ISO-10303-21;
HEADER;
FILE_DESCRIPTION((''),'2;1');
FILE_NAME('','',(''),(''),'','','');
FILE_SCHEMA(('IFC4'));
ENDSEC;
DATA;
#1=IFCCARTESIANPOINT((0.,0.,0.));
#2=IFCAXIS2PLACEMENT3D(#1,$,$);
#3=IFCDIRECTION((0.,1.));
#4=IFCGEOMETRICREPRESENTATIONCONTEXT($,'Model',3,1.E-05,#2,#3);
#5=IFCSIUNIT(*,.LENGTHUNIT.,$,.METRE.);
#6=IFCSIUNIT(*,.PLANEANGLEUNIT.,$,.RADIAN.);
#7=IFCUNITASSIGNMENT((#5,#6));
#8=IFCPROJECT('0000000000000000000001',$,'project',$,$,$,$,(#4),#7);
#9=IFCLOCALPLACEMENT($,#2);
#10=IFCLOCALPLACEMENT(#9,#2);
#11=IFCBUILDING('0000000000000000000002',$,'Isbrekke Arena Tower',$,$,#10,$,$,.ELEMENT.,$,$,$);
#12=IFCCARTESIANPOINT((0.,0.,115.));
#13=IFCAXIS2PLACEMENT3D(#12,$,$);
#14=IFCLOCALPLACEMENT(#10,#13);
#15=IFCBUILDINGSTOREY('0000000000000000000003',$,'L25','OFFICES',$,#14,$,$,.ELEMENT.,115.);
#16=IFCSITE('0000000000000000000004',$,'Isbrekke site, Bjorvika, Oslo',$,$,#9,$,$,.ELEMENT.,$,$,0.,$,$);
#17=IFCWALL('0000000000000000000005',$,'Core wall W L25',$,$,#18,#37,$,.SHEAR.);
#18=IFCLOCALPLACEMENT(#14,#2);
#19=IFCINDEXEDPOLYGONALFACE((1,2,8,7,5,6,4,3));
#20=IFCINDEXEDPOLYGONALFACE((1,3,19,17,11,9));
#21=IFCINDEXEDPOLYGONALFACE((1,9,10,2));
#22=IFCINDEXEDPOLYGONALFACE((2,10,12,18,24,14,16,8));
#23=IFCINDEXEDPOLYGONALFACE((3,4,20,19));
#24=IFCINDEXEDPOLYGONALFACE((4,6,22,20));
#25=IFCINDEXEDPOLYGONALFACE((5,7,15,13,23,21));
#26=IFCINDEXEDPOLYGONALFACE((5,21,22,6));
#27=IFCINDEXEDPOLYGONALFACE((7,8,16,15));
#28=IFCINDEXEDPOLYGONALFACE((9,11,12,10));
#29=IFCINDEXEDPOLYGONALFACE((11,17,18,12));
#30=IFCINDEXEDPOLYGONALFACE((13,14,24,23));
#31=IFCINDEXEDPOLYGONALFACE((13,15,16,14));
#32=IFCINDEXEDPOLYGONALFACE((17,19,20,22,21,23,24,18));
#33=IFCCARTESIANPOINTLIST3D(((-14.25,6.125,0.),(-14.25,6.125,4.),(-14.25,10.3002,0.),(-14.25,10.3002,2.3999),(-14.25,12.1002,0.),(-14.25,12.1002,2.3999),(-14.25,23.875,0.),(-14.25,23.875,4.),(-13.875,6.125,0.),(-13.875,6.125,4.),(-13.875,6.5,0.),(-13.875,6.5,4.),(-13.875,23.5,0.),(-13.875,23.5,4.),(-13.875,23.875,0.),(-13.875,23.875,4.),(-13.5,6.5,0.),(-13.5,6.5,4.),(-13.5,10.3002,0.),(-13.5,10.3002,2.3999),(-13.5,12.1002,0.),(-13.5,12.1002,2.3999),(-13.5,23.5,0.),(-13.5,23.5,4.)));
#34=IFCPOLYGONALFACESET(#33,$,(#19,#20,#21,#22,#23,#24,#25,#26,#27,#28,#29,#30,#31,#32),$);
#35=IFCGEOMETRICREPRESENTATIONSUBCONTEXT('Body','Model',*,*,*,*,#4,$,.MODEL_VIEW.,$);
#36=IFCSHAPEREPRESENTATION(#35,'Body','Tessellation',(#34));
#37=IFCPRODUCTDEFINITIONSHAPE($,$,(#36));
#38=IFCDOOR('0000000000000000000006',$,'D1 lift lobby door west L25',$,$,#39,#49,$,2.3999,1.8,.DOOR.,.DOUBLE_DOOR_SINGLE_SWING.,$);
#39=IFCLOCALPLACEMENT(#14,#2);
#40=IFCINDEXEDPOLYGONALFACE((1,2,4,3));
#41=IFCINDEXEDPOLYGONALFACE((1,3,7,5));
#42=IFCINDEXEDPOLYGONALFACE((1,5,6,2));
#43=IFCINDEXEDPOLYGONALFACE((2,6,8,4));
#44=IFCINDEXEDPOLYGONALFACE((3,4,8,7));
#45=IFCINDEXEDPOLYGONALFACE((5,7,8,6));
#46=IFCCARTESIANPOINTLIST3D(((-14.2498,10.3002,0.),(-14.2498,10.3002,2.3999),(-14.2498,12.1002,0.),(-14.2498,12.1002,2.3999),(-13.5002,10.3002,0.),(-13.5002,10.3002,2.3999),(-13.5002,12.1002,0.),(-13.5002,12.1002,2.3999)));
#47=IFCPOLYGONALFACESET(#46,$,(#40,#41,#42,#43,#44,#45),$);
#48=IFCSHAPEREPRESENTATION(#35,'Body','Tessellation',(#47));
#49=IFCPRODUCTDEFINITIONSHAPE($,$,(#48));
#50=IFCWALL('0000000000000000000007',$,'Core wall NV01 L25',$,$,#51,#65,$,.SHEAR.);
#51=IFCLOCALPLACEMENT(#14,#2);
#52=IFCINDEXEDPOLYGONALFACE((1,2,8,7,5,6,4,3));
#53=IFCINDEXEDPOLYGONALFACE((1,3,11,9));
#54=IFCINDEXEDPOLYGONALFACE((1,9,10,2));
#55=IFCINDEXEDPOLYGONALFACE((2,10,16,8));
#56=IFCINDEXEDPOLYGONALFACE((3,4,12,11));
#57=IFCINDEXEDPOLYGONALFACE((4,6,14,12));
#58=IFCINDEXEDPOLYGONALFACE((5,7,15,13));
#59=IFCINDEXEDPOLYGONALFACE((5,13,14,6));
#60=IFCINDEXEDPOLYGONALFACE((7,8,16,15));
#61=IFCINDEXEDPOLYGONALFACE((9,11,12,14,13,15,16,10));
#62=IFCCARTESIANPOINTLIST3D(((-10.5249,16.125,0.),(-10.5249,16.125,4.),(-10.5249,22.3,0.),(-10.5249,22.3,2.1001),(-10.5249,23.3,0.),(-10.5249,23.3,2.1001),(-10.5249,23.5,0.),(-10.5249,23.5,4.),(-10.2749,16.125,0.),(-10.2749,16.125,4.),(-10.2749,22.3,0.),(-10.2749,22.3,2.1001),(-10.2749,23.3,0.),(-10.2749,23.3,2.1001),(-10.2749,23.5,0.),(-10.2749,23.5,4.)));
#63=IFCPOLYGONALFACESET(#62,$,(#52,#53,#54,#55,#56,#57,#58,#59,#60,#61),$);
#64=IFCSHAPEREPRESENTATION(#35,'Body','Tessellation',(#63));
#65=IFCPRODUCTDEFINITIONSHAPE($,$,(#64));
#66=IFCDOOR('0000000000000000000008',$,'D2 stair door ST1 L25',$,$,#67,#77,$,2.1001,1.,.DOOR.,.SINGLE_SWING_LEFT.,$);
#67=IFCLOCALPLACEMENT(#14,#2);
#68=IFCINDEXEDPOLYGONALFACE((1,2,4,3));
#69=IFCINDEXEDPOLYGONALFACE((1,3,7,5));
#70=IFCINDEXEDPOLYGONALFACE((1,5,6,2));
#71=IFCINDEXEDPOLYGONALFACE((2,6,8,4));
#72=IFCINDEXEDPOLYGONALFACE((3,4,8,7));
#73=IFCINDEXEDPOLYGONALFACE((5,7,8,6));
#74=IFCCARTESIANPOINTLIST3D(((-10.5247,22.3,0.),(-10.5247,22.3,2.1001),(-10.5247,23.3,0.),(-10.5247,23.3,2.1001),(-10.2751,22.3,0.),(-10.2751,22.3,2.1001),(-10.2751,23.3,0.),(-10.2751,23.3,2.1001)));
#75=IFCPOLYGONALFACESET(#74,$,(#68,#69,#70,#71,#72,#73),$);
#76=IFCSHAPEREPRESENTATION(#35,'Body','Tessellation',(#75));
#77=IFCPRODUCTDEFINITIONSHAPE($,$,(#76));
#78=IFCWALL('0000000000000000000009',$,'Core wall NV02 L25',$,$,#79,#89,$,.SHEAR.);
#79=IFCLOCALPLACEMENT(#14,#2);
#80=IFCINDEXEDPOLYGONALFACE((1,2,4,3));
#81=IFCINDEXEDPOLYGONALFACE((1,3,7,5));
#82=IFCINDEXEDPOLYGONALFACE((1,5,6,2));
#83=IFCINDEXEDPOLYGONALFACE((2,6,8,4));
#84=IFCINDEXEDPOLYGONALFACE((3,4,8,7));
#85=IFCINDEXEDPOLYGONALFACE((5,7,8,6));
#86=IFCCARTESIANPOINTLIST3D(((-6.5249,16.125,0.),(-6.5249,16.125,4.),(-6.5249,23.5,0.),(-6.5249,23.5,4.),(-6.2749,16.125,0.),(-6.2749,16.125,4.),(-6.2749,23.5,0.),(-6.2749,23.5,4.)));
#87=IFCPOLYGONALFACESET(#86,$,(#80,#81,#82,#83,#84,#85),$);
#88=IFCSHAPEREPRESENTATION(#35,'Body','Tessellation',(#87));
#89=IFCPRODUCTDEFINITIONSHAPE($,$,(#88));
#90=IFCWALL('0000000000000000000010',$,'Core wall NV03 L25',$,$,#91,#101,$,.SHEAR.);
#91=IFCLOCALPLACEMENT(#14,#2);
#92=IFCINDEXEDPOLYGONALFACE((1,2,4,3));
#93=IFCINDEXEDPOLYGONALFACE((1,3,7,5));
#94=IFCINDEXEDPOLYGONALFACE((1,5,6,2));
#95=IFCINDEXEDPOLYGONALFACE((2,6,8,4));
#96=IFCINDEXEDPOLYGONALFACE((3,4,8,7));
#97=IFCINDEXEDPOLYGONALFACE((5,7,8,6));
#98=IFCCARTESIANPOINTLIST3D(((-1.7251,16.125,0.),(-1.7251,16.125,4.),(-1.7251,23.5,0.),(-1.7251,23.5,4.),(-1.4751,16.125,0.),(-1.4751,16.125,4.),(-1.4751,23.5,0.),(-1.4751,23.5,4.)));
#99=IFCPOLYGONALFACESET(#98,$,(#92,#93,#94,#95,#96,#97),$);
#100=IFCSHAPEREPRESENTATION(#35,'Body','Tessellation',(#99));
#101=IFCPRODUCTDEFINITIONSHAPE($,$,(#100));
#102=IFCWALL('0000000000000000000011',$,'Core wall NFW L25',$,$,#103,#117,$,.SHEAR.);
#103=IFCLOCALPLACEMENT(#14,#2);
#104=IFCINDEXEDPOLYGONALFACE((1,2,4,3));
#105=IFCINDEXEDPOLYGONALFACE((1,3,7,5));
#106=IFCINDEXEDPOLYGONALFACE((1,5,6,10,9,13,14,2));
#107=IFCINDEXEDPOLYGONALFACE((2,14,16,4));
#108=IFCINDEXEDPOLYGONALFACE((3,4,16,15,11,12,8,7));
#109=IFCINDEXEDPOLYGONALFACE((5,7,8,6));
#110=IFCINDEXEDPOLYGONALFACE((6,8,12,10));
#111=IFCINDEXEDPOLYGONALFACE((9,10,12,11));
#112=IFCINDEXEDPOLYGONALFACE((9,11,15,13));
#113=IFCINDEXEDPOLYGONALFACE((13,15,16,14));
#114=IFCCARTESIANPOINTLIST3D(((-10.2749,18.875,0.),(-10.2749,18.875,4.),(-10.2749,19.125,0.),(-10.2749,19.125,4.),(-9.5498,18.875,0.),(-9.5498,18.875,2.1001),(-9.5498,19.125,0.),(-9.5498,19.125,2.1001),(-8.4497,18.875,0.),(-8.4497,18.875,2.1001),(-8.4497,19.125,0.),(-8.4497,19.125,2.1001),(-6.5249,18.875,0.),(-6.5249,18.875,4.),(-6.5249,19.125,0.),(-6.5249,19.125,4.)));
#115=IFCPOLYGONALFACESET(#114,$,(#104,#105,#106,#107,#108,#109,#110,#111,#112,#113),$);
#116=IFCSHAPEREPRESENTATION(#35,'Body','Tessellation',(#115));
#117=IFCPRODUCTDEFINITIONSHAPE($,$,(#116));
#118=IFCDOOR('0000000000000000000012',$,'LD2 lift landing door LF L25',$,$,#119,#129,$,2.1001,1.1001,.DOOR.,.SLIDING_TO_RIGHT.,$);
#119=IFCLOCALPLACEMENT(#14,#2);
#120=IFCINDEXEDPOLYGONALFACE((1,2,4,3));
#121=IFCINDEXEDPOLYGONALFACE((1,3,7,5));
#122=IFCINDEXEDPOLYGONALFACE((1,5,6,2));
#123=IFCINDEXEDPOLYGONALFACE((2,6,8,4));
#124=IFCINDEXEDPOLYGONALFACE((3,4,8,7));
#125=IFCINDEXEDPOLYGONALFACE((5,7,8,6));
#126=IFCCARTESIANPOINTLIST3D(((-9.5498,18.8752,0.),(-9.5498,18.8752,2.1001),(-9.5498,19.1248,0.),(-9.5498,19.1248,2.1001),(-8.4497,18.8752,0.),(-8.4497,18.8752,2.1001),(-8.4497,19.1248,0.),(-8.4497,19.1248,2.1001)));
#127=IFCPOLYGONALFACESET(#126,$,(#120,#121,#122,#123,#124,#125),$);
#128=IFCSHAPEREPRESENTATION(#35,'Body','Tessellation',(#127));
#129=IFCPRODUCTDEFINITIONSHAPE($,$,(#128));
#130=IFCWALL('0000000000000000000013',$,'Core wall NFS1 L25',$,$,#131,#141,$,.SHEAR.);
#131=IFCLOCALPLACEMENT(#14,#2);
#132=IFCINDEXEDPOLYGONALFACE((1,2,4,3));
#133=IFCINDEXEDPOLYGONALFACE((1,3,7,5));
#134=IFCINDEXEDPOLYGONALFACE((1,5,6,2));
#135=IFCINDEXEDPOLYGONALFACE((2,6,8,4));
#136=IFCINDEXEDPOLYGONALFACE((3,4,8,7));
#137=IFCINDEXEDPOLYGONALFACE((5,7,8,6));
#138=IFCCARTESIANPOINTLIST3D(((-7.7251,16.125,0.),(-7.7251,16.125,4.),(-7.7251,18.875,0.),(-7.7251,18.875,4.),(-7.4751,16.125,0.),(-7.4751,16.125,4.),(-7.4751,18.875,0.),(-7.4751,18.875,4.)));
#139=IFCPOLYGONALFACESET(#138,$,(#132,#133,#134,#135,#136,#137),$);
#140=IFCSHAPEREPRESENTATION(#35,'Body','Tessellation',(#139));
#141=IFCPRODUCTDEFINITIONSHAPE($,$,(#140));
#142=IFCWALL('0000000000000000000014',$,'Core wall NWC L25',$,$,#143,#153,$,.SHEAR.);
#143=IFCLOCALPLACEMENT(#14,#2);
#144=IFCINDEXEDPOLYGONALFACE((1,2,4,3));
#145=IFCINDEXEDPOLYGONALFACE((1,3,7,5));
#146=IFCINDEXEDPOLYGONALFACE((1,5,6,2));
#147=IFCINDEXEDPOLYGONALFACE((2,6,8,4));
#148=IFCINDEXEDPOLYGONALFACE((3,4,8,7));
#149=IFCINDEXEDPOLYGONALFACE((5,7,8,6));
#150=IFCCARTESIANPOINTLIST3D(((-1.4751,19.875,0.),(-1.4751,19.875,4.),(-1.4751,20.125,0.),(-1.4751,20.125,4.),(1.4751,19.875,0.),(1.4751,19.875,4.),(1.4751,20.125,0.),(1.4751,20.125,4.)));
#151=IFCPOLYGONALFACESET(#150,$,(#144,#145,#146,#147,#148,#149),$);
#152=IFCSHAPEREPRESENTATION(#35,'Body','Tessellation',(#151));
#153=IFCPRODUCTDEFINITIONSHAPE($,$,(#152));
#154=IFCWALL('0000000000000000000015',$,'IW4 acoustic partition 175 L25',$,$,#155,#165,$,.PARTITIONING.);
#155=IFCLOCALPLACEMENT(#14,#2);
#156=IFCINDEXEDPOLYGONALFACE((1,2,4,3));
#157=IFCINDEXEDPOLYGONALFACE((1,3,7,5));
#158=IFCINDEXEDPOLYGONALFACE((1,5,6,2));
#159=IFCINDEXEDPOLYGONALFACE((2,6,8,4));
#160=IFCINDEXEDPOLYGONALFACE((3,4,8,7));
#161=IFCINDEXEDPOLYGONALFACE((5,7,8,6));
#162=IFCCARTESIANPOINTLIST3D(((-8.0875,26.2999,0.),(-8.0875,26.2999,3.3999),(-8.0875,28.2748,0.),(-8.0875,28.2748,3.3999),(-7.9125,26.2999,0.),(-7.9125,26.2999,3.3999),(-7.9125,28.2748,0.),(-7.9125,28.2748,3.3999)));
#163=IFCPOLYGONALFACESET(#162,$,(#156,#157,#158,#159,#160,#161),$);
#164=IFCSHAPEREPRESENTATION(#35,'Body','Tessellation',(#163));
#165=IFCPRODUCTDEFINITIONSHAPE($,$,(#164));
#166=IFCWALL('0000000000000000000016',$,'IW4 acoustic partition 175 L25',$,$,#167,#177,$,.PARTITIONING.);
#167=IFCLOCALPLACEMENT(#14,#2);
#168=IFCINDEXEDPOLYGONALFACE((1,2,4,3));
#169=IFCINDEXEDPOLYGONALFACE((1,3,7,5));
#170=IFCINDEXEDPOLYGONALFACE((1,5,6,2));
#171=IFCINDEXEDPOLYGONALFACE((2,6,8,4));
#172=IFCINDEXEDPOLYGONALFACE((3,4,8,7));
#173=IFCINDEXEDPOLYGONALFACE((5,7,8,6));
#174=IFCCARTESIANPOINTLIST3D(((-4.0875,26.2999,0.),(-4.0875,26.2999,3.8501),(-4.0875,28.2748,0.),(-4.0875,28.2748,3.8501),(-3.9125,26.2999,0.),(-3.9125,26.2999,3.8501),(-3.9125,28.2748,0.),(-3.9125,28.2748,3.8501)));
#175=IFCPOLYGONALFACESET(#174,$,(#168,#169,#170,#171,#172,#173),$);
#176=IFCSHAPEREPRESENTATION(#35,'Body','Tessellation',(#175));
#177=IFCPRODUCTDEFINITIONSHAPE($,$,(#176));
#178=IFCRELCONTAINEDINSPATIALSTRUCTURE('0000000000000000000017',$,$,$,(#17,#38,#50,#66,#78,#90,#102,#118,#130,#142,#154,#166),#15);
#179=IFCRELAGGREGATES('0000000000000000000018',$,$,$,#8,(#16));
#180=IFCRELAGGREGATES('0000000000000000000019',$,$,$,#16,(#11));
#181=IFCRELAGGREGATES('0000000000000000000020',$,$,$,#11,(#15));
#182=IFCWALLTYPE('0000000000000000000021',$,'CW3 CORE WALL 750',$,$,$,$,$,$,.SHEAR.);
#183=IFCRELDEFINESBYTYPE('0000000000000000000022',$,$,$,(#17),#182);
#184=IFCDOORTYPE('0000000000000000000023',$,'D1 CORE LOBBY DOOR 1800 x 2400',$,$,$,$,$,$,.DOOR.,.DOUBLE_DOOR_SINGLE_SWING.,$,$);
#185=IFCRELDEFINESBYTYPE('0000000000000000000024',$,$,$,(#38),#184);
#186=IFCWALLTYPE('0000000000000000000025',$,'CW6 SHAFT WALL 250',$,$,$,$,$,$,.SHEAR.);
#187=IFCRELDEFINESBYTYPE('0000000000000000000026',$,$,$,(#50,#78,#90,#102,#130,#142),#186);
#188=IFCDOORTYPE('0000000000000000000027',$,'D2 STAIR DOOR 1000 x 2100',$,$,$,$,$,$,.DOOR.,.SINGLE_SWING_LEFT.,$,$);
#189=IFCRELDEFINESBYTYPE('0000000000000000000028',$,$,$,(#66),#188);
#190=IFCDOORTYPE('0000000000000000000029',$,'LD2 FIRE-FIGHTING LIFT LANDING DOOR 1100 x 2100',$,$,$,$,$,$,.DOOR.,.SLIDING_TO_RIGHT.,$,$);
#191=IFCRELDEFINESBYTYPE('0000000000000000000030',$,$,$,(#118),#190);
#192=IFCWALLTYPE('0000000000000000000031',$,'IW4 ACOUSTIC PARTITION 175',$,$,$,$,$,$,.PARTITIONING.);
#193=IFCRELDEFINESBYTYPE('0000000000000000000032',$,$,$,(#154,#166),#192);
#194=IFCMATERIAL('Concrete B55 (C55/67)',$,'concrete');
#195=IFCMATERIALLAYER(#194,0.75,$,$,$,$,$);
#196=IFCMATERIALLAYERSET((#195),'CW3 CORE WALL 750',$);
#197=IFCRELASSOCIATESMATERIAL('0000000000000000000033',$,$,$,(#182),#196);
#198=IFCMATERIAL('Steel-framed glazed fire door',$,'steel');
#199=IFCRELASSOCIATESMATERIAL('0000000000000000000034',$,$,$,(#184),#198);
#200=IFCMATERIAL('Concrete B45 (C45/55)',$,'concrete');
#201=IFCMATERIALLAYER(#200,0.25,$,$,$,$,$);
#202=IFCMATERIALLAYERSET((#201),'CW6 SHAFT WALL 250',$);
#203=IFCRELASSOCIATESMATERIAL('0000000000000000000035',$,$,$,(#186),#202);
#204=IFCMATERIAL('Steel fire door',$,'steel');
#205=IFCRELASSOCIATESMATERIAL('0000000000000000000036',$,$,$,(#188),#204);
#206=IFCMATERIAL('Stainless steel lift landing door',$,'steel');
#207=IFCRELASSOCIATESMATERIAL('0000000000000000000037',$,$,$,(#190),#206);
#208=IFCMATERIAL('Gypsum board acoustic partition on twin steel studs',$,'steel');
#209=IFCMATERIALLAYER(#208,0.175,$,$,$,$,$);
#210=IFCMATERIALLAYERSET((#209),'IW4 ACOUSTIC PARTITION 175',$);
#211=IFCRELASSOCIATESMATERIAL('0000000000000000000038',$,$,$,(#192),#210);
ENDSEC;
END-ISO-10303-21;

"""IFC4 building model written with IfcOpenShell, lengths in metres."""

from ifc_helpers import new_model, si_unit, direction, frame, frame_2d, origin, place, context, subcontext, project, spatial, polyline, rectangle, outline, extrude, material, layer, layer_set, type_object, element, fill, save


model = new_model("IFC4")

# Units and contexts
model_context = context("Model", 3, precision=1e-05, world=origin(), true_north=direction((0.0, 1.0)))
body_context = subcontext(model_context, "Body", "Model", "MODEL_VIEW")
ifc_project = project(units=[si_unit("LENGTHUNIT", "METRE"), si_unit("PLANEANGLEUNIT", "RADIAN")], contexts=[model_context])

# Site, building, storey
site_placement = place(None, origin())
site = spatial("IfcSite", under=ifc_project, at=site_placement, Name="Isbrekke site, Bjorvika, Oslo", CompositionType="ELEMENT", RefElevation=0.0)
building_placement = place(site_placement, origin())
building = spatial("IfcBuilding", under=site, at=building_placement, Name="Isbrekke Arena Tower", CompositionType="ELEMENT")
storey_placement = place(building_placement, frame((0.0, 0.0, 115.0)))
storey = spatial("IfcBuildingStorey", under=building, at=storey_placement, Name="L25", Description="OFFICES", CompositionType="ELEMENT", Elevation=115.0)

# Walls, openings, doors
ifc_material_1 = material(Name="Concrete B55 (C55/67)", Category="concrete")
ifc_layer_1 = layer(ifc_material_1, 0.75)
ifc_layer_set_1 = layer_set([ifc_layer_1], Name="CW3 CORE WALL 750")
wall_type_1 = type_object("IfcWallType", Name="CW3 CORE WALL 750", PredefinedType="SHEAR", material=ifc_layer_set_1)
wall_1_placement = place(storey_placement, frame((-13.875, 23.875, 0.0), z_axis=(0.0, 0.0, 1.0), x_axis=(0.0, -1.0, 0.0)))
wall_1 = element("IfcWall", 1, at=wall_1_placement, inside=storey, type_object=wall_type_1, Name="Core wall W L25", PredefinedType="SHEAR", context=body_context, shape_type="SweptSolid", body=[
    extrude(outline(polyline([(0.0, -0.375), (17.75, -0.375), (17.75, 0.0), (17.375, 0.0), (17.375, 0.375), (0.375, 0.375), (0.375, 0.0), (0.0, 0.0), (0.0, -0.375)])), origin(), (0.0, 0.0, 1.0), 4.0),
])
opening_1_placement = place(wall_1_placement, frame((11.7749, 0.0, 0.0)))
opening_1 = element("IfcOpeningElement", 2, at=opening_1_placement, cuts=wall_1, PredefinedType="OPENING", context=body_context, shape_type="SweptSolid", body=[
    extrude(rectangle(XDim=1.8, YDim=2.3999, at=frame_2d((0.8999, 1.2))), frame((0.0, 0.3899, 0.0), z_axis=(0.0, -1.0, 0.0), x_axis=(1.0, 0.0, 0.0)), (0.0, 0.0, 1.0), 0.7798),
])
ifc_material_2 = material(Name="Steel-framed glazed fire door", Category="steel")
door_type_1 = type_object("IfcDoorType", Name="D1 CORE LOBBY DOOR 1800 x 2400", OperationType="DOUBLE_DOOR_SINGLE_SWING", PredefinedType="DOOR", material=ifc_material_2)
door_1_placement = place(opening_1_placement, origin())
door_1 = element("IfcDoor", 3, at=door_1_placement, inside=storey, type_object=door_type_1, Name="D1 lift lobby door west L25", OperationType="DOUBLE_DOOR_SINGLE_SWING", OverallHeight=2.3999, OverallWidth=1.8, PredefinedType="DOOR", context=body_context, shape_type="SweptSolid", body=[
    extrude(rectangle(XDim=1.8, YDim=2.3999, at=frame_2d((0.8999, 1.2))), frame((0.0, 0.3748, 0.0), z_axis=(0.0, -1.0, 0.0), x_axis=(1.0, 0.0, 0.0)), (0.0, 0.0, 1.0), 0.7495),
])
fill(opening_1, door_1)
ifc_material_3 = material(Name="Concrete B45 (C45/55)", Category="concrete")
ifc_layer_2 = layer(ifc_material_3, 0.25)
ifc_layer_set_2 = layer_set([ifc_layer_2], Name="CW6 SHAFT WALL 250")
wall_type_2 = type_object("IfcWallType", Name="CW6 SHAFT WALL 250", PredefinedType="SHEAR", material=ifc_layer_set_2)
wall_2_placement = place(storey_placement, frame((-10.3999, 16.125, 0.0), z_axis=(0.0, 0.0, 1.0), x_axis=(0.0, 1.0, 0.0)))
wall_2 = element("IfcWall", 4, at=wall_2_placement, inside=storey, type_object=wall_type_2, Name="Core wall NV01 L25", PredefinedType="SHEAR", context=body_context, shape_type="SweptSolid", body=[
    extrude(rectangle(XDim=7.375, YDim=0.25, at=frame_2d((3.6875, 0.0))), origin(), (0.0, 0.0, 1.0), 4.0),
])
opening_2_placement = place(wall_2_placement, frame((6.175, 0.0, 0.0)))
opening_2 = element("IfcOpeningElement", 5, at=opening_2_placement, cuts=wall_2, PredefinedType="OPENING", context=body_context, shape_type="SweptSolid", body=[
    extrude(rectangle(XDim=1.0, YDim=2.1001, at=frame_2d((0.5, 1.05))), frame((0.0, 0.1399, 0.0), z_axis=(0.0, -1.0, 0.0), x_axis=(1.0, 0.0, 0.0)), (0.0, 0.0, 1.0), 0.2798),
])
ifc_material_4 = material(Name="Steel fire door", Category="steel")
door_type_2 = type_object("IfcDoorType", Name="D2 STAIR DOOR 1000 x 2100", OperationType="SINGLE_SWING_LEFT", PredefinedType="DOOR", material=ifc_material_4)
door_2_placement = place(opening_2_placement, origin())
door_2 = element("IfcDoor", 6, at=door_2_placement, inside=storey, type_object=door_type_2, Name="D2 stair door ST1 L25", OperationType="SINGLE_SWING_LEFT", OverallHeight=2.1001, OverallWidth=1.0, PredefinedType="DOOR", context=body_context, shape_type="SweptSolid", body=[
    extrude(rectangle(XDim=1.0, YDim=2.1001, at=frame_2d((0.5, 1.05))), frame((0.0, 0.1248, 0.0), z_axis=(0.0, -1.0, 0.0), x_axis=(1.0, 0.0, 0.0)), (0.0, 0.0, 1.0), 0.2495),
])
fill(opening_2, door_2)

# Walls
for number, where, z_axis, x_axis, name in (
    (7, (-6.3999, 16.125, 0.0), (0.0, 0.0, 1.0), (0.0, 1.0, 0.0), "Core wall NV02 L25"),
    (8, (-1.6001, 16.125, 0.0), (0.0, 0.0, 1.0), (0.0, 1.0, 0.0), "Core wall NV03 L25"),
):
    element("IfcWall", number, at=place(storey_placement, frame(where, z_axis=z_axis, x_axis=x_axis)), inside=storey, type_object=wall_type_2, Name=name, PredefinedType="SHEAR", context=body_context, shape_type="SweptSolid", body=[
        extrude(rectangle(XDim=7.375, YDim=0.25, at=frame_2d((3.6875, 0.0))), origin(), (0.0, 0.0, 1.0), 4.0),
    ])

# Wall, opening, door
wall_3_placement = place(storey_placement, frame((-10.2749, 19.0, 0.0), z_axis=(0.0, 0.0, 1.0), x_axis=(1.0, 0.0, 0.0)))
wall_3 = element("IfcWall", 9, at=wall_3_placement, inside=storey, type_object=wall_type_2, Name="Core wall NFW L25", PredefinedType="SHEAR", context=body_context, shape_type="SweptSolid", body=[
    extrude(rectangle(XDim=3.75, YDim=0.25, at=frame_2d((1.875, 0.0))), origin(), (0.0, 0.0, 1.0), 4.0),
])
opening_3_placement = place(wall_3_placement, frame((0.7251, 0.0, 0.0)))
opening_3 = element("IfcOpeningElement", 10, at=opening_3_placement, cuts=wall_3, PredefinedType="OPENING", context=body_context, shape_type="SweptSolid", body=[
    extrude(rectangle(XDim=1.1001, YDim=2.1001, at=frame_2d((0.55, 1.05))), frame((0.0, 0.1399, 0.0), z_axis=(0.0, -1.0, 0.0), x_axis=(1.0, 0.0, 0.0)), (0.0, 0.0, 1.0), 0.2798),
])
ifc_material_5 = material(Name="Stainless steel lift landing door", Category="steel")
door_type_3 = type_object("IfcDoorType", Name="LD2 FIRE-FIGHTING LIFT LANDING DOOR 1100 x 2100", OperationType="SLIDING_TO_RIGHT", PredefinedType="DOOR", material=ifc_material_5)
door_3_placement = place(opening_3_placement, origin())
door_3 = element("IfcDoor", 11, at=door_3_placement, inside=storey, type_object=door_type_3, Name="LD2 lift landing door LF L25", OperationType="SLIDING_TO_RIGHT", OverallHeight=2.1001, OverallWidth=1.1001, PredefinedType="DOOR", context=body_context, shape_type="SweptSolid", body=[
    extrude(rectangle(XDim=1.1001, YDim=2.1001, at=frame_2d((0.55, 1.05))), frame((0.0, 0.1248, 0.0), z_axis=(0.0, -1.0, 0.0), x_axis=(1.0, 0.0, 0.0)), (0.0, 0.0, 1.0), 0.2495),
])
fill(opening_3, door_3)

# Walls
wall_4_placement = place(storey_placement, frame((-7.6001, 16.125, 0.0), z_axis=(0.0, 0.0, 1.0), x_axis=(0.0, 1.0, 0.0)))
element("IfcWall", 12, at=wall_4_placement, inside=storey, type_object=wall_type_2, Name="Core wall NFS1 L25", PredefinedType="SHEAR", context=body_context, shape_type="SweptSolid", body=[
    extrude(rectangle(XDim=2.75, YDim=0.25, at=frame_2d((1.375, 0.0))), origin(), (0.0, 0.0, 1.0), 4.0),
])
wall_5_placement = place(storey_placement, frame((-1.4751, 20.0, 0.0), z_axis=(0.0, 0.0, 1.0), x_axis=(1.0, 0.0, 0.0)))
element("IfcWall", 13, at=wall_5_placement, inside=storey, type_object=wall_type_2, Name="Core wall NWC L25", PredefinedType="SHEAR", context=body_context, shape_type="SweptSolid", body=[
    extrude(rectangle(XDim=2.9502, YDim=0.25, at=frame_2d((1.4751, 0.0))), origin(), (0.0, 0.0, 1.0), 4.0),
])

# Walls
ifc_material_6 = material(Name="Gypsum board acoustic partition on twin steel studs", Category="steel")
ifc_layer_3 = layer(ifc_material_6, 0.175)
ifc_layer_set_3 = layer_set([ifc_layer_3], Name="IW4 ACOUSTIC PARTITION 175")
wall_type_3 = type_object("IfcWallType", Name="IW4 ACOUSTIC PARTITION 175", PredefinedType="PARTITIONING", material=ifc_layer_set_3)
wall_6_placement = place(storey_placement, frame((-8.0, 26.3, 0.0), z_axis=(0.0, 0.0, 1.0), x_axis=(0.0, 1.0, 0.0)))
element("IfcWall", 14, at=wall_6_placement, inside=storey, type_object=wall_type_3, Name="IW4 acoustic partition 175 L25", PredefinedType="PARTITIONING", context=body_context, shape_type="SweptSolid", body=[
    extrude(rectangle(XDim=1.9749, YDim=0.175, at=frame_2d((0.9873, 0.0))), origin(), (0.0, 0.0, 1.0), 3.3999),
])
wall_7_placement = place(storey_placement, frame((-4.0, 26.3, 0.0), z_axis=(0.0, 0.0, 1.0), x_axis=(0.0, 1.0, 0.0)))
element("IfcWall", 15, at=wall_7_placement, inside=storey, type_object=wall_type_3, Name="IW4 acoustic partition 175 L25", PredefinedType="PARTITIONING", context=body_context, shape_type="SweptSolid", body=[
    extrude(rectangle(XDim=1.9749, YDim=0.175, at=frame_2d((0.9873, 0.0))), origin(), (0.0, 0.0, 1.0), 3.8501),
])

save(model, "model.ifc")
